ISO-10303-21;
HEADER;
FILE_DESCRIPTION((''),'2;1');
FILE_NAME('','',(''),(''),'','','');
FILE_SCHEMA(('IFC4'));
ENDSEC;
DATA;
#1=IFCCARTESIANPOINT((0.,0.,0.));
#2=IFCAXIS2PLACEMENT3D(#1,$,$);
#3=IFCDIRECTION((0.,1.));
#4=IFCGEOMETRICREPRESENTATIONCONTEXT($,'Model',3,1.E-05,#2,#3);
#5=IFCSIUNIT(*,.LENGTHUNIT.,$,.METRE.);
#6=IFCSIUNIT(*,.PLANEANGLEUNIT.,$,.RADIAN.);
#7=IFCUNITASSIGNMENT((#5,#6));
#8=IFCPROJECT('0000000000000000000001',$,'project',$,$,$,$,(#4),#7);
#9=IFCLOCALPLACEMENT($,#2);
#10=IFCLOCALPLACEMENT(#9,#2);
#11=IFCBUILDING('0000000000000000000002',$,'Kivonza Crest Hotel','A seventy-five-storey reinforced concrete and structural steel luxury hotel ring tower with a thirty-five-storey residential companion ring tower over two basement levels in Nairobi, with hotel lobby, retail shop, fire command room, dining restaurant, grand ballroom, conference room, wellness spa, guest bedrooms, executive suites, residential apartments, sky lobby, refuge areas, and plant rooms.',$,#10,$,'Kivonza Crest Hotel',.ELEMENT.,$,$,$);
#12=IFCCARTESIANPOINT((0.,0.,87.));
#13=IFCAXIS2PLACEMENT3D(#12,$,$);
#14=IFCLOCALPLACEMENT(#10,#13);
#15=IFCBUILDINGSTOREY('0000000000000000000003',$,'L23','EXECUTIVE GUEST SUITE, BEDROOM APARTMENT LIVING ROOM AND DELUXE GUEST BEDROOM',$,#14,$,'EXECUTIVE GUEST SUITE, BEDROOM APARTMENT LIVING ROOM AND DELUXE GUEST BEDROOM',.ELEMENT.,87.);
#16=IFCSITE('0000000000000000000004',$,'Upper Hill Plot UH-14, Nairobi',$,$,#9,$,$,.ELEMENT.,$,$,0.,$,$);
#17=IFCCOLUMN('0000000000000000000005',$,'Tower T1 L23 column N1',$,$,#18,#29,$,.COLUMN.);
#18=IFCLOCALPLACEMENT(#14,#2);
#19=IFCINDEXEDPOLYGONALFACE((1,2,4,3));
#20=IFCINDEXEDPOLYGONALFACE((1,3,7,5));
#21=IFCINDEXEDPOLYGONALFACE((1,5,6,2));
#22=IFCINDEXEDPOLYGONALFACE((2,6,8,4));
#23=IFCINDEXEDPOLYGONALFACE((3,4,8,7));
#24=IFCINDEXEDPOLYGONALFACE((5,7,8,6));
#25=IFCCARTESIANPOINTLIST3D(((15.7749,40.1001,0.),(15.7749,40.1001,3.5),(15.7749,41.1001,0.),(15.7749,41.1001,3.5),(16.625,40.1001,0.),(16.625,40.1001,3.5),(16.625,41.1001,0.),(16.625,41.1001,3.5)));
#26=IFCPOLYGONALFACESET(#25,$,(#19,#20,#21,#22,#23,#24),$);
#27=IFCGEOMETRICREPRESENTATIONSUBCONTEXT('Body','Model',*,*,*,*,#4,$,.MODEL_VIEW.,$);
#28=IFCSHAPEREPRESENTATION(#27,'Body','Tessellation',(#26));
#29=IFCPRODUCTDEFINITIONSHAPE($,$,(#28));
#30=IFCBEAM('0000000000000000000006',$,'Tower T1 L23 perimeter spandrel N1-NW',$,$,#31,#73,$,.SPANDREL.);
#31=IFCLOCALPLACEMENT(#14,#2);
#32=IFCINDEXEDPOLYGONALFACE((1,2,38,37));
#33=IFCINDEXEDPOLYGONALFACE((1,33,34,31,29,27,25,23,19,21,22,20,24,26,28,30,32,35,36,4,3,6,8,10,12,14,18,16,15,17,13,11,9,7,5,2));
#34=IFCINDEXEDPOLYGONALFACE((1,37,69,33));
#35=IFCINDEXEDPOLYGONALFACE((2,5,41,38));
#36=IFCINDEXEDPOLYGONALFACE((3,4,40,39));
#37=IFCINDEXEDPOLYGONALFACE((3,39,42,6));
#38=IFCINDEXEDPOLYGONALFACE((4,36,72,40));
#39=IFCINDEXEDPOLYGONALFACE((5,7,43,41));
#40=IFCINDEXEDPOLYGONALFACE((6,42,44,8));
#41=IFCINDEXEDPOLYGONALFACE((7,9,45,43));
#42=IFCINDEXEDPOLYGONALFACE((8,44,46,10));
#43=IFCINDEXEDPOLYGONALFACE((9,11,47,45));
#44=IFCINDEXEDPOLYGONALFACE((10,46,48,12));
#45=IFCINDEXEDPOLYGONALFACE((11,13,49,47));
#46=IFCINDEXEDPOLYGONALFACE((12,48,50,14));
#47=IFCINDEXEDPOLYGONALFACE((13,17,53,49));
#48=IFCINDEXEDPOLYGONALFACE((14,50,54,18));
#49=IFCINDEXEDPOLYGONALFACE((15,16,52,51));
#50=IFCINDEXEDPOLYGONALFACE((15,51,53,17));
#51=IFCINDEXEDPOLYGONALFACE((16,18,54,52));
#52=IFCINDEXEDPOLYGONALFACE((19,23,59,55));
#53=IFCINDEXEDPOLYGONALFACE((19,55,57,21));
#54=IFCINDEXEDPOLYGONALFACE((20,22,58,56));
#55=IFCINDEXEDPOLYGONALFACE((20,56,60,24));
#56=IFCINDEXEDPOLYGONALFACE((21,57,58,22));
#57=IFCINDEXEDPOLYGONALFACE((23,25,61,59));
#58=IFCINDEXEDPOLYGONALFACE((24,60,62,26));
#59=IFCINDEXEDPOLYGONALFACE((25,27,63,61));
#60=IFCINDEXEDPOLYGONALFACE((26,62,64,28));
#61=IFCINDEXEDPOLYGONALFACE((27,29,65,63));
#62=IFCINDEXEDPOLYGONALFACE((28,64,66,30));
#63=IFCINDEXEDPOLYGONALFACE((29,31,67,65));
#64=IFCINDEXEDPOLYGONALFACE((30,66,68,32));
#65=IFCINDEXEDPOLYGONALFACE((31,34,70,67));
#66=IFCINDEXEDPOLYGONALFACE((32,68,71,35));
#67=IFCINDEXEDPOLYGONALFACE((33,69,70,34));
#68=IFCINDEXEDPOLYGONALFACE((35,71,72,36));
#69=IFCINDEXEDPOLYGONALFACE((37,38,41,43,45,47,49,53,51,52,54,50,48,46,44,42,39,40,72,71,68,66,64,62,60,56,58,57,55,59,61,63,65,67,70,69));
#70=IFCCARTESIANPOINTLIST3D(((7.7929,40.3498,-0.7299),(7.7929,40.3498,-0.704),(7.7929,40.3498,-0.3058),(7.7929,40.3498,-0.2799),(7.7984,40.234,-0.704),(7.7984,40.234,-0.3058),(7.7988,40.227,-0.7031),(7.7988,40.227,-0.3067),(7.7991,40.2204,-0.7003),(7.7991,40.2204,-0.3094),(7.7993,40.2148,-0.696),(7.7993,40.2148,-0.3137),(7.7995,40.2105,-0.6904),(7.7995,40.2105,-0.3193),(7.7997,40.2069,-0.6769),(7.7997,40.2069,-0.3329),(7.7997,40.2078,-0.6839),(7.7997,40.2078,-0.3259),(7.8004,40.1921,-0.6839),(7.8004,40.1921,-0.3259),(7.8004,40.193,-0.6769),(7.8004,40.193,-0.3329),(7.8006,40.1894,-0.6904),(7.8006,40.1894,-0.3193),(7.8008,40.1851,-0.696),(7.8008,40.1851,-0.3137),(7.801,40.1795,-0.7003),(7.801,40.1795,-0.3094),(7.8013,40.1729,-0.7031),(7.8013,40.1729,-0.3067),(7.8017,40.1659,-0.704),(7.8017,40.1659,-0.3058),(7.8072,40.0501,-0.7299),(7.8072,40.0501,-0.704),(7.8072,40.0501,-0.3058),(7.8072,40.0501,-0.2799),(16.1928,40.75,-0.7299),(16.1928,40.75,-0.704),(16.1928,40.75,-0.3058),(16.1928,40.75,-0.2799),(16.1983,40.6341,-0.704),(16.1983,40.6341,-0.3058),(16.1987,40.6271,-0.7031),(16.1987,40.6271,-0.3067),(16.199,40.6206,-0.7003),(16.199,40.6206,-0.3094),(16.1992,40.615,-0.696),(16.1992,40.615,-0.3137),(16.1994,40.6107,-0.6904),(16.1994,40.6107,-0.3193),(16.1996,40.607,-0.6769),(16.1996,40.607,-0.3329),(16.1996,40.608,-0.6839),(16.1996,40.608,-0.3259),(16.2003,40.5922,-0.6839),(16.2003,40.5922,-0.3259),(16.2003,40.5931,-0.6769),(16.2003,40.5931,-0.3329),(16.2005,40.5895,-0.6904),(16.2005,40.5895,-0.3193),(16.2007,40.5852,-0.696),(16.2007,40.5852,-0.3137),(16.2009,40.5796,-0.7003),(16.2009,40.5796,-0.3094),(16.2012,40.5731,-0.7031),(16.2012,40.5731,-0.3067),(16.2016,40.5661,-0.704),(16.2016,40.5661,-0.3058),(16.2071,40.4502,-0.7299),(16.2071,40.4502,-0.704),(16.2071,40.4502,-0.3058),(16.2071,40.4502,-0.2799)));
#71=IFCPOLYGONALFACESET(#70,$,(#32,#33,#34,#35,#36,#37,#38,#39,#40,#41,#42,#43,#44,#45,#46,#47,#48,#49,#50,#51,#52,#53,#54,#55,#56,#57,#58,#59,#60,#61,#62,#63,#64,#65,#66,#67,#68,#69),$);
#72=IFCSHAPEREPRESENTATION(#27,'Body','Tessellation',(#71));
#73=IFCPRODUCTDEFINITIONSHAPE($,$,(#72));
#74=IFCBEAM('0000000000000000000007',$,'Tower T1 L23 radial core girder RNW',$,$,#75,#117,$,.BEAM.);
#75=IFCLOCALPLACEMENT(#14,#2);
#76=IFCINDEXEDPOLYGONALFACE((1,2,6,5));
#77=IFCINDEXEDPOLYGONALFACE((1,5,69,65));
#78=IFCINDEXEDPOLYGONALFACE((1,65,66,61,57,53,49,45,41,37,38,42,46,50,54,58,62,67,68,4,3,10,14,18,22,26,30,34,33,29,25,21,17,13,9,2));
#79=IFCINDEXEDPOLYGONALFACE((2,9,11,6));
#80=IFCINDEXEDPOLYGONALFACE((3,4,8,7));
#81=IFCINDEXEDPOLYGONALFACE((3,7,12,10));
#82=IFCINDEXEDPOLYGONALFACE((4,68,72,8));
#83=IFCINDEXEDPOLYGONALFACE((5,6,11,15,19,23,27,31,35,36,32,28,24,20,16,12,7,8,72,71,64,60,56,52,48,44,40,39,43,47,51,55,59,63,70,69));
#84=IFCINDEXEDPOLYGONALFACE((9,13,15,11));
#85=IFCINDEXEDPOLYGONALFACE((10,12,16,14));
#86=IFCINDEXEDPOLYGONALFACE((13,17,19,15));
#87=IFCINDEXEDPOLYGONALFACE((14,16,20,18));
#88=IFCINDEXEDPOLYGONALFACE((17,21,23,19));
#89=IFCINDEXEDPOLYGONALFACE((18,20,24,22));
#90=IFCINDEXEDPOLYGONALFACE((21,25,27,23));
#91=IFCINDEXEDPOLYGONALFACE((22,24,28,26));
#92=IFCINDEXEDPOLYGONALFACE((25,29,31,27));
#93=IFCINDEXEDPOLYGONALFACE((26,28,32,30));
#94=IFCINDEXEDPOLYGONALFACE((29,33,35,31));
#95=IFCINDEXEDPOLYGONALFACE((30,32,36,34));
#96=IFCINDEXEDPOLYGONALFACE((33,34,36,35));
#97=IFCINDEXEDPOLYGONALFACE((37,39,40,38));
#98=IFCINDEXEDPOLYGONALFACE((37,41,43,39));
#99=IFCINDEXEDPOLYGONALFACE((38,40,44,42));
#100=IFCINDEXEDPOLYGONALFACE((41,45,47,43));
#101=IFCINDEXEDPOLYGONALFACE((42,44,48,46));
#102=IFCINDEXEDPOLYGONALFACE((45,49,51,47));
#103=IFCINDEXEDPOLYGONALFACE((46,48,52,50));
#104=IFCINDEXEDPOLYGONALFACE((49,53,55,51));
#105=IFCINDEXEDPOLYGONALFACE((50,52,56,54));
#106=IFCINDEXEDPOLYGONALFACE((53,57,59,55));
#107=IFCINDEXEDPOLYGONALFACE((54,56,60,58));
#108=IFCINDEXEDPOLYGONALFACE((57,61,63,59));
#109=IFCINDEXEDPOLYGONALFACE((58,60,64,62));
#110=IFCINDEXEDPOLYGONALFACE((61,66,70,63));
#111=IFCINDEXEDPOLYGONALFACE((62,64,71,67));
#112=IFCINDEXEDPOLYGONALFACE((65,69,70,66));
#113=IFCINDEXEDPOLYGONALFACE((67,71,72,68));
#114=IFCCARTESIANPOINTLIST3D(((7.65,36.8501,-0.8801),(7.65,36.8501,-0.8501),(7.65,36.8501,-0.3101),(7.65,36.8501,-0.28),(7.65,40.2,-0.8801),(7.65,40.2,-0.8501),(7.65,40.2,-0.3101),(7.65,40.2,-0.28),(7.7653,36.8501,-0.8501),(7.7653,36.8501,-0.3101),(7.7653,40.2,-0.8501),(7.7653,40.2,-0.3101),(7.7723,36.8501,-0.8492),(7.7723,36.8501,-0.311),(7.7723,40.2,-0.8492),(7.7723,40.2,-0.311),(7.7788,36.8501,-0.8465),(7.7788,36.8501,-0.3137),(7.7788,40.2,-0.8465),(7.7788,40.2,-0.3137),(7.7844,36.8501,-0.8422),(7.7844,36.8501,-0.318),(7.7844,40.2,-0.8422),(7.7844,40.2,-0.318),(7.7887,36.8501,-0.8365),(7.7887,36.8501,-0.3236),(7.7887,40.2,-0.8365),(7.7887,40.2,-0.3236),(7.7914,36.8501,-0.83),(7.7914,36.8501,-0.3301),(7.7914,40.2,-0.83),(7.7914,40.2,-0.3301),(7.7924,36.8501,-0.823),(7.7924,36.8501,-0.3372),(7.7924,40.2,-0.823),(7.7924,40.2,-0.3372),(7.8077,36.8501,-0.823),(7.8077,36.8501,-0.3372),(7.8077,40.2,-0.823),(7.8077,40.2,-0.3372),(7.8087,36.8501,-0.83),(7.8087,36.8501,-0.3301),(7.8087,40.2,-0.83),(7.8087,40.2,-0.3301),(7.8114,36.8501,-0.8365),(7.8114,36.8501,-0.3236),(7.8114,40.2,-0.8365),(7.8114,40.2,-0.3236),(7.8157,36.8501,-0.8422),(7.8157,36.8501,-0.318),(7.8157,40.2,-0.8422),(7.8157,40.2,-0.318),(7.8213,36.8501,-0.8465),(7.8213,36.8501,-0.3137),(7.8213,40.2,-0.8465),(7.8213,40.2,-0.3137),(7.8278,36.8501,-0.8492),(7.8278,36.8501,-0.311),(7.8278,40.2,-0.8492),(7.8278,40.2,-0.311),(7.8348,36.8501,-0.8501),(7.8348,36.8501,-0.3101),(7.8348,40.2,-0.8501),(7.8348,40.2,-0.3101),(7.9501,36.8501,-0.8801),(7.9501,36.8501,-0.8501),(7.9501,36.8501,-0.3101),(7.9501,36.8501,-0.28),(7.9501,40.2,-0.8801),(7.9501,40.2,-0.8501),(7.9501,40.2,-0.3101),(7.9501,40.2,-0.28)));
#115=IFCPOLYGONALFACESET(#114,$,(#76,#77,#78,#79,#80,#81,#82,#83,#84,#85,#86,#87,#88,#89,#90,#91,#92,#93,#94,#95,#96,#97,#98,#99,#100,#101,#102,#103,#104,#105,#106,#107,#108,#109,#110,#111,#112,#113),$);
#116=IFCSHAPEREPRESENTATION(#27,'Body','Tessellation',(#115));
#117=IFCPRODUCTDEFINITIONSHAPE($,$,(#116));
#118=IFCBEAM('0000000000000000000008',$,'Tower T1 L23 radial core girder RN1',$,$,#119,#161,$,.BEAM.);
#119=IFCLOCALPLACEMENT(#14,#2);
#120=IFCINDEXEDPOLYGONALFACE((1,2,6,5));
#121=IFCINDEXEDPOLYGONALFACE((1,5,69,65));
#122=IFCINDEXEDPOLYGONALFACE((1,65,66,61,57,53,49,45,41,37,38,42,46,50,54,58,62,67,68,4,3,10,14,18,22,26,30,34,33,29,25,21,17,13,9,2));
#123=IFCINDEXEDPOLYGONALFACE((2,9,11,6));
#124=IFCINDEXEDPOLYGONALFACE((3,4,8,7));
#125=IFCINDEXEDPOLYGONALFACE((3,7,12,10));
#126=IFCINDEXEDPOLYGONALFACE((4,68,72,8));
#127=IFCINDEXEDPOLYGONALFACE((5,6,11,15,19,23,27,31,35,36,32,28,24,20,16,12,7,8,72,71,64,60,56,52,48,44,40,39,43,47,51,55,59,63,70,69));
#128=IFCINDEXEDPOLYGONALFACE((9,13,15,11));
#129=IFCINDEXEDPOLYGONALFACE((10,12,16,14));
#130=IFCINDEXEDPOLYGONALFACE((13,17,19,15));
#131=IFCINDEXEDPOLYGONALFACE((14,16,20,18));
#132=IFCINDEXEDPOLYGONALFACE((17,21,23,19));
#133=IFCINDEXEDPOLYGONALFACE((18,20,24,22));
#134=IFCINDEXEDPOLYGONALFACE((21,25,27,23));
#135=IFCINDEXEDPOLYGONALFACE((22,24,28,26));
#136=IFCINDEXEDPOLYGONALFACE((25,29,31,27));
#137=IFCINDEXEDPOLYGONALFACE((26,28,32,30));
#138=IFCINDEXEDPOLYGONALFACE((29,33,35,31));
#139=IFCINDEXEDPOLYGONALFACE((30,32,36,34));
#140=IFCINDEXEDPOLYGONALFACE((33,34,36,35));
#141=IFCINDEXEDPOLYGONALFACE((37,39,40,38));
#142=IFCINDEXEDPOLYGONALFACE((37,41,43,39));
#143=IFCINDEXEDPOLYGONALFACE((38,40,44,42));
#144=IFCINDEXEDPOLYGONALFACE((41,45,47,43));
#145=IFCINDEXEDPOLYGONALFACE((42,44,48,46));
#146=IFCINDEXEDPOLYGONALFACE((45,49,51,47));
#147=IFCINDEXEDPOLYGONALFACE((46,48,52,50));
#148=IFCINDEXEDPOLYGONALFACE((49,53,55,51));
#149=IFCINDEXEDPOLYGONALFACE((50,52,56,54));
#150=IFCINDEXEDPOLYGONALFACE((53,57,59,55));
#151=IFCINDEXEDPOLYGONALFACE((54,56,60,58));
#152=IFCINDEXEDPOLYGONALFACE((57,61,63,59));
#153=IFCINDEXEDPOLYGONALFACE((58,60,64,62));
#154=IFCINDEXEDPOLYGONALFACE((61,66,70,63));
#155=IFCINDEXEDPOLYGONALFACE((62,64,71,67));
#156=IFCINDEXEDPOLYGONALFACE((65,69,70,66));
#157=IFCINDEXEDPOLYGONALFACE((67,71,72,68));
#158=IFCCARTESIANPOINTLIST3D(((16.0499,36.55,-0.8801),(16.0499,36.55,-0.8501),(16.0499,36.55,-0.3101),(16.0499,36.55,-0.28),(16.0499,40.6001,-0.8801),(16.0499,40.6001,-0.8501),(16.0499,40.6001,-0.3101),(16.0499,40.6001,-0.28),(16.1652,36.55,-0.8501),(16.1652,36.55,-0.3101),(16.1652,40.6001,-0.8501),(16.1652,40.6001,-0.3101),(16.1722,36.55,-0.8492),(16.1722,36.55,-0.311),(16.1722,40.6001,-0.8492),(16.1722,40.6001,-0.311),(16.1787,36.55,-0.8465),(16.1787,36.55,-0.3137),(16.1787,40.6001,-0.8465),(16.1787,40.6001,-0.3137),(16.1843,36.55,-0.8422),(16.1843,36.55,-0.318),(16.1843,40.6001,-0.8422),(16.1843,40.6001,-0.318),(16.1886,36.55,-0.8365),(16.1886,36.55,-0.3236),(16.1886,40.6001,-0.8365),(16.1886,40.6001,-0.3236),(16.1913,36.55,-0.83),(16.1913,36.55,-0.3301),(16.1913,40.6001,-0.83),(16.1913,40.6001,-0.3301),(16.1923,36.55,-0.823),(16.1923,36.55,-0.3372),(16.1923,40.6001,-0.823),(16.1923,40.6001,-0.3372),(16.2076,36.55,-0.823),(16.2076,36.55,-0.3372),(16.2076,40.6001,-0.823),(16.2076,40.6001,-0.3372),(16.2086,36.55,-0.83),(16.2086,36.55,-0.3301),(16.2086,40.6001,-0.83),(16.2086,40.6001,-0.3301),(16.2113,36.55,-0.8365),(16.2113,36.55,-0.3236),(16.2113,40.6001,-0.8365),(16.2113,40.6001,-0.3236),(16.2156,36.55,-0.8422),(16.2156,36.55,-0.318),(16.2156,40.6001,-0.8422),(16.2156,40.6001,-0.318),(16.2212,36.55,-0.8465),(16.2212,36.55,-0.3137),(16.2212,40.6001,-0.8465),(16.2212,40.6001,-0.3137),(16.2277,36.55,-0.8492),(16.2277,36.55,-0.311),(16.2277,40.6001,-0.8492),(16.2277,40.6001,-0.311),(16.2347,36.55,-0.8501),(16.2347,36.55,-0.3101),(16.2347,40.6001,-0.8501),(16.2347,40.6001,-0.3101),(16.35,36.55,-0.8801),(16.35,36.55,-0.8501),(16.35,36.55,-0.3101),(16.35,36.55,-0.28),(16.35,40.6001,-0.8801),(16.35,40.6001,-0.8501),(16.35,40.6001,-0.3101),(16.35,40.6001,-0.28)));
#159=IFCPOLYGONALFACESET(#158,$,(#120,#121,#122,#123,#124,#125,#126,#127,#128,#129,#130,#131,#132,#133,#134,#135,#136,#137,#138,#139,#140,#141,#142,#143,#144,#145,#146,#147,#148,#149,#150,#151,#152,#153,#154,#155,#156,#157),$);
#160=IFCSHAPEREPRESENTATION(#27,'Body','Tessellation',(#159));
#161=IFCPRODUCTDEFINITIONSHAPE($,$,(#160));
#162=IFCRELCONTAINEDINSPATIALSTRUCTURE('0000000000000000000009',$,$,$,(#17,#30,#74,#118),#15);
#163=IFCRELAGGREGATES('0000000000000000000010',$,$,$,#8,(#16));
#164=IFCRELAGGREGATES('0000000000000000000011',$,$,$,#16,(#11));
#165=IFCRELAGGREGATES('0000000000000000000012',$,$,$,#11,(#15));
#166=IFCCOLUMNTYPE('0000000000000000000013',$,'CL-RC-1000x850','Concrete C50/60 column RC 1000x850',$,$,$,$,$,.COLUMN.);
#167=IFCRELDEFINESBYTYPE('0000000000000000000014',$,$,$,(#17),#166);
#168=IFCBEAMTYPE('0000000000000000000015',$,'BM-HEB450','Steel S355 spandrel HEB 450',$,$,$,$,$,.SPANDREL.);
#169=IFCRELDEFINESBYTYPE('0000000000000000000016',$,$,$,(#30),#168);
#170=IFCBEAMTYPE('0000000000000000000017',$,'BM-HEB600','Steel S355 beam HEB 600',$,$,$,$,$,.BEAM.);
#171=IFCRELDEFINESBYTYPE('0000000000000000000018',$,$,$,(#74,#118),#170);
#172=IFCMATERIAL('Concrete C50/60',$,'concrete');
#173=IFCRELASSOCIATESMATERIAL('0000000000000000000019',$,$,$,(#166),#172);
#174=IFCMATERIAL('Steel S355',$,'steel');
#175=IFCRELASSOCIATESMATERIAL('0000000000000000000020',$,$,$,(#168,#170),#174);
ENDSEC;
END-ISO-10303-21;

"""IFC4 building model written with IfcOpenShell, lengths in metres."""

from ifc_helpers import new_model, si_unit, direction, frame, origin, origin_2d, place, context, subcontext, project, spatial, rectangle, i_section, extrude, material, material_profile, profile_set, type_object, element, save


model = new_model("IFC4")

# Units and contexts
model_context = context("Model", 3, precision=1e-05, world=origin(), true_north=direction((0.0, 1.0)))
body_context = subcontext(model_context, "Body", "Model", "MODEL_VIEW")
ifc_project = project(units=[si_unit("LENGTHUNIT", "METRE"), si_unit("PLANEANGLEUNIT", "RADIAN")], contexts=[model_context])

# Site, building, storey
site_placement = place(None, origin())
site = spatial("IfcSite", under=ifc_project, at=site_placement, Name="Upper Hill Plot UH-14, Nairobi", CompositionType="ELEMENT", RefElevation=0.0)
building_placement = place(site_placement, origin())
building = spatial("IfcBuilding", under=site, at=building_placement, Name="Kivonza Crest Hotel", Description="A seventy-five-storey reinforced concrete and structural steel luxury hotel ring tower with a thirty-five-storey residential companion ring tower over two basement levels in Nairobi, with hotel lobby, retail shop, fire command room, dining restaurant, grand ballroom, conference room, wellness spa, guest bedrooms, executive suites, residential apartments, sky lobby, refuge areas, and plant rooms.", LongName="Kivonza Crest Hotel", CompositionType="ELEMENT")
storey_placement = place(building_placement, frame((0.0, 0.0, 87.0)))
storey = spatial("IfcBuildingStorey", under=building, at=storey_placement, Name="L23", Description="EXECUTIVE GUEST SUITE, BEDROOM APARTMENT LIVING ROOM AND DELUXE GUEST BEDROOM", LongName="EXECUTIVE GUEST SUITE, BEDROOM APARTMENT LIVING ROOM AND DELUXE GUEST BEDROOM", CompositionType="ELEMENT", Elevation=87.0)

# Column
ifc_material_1 = material(Name="Concrete C50/60", Category="concrete")
ifc_material_profile_1 = material_profile(ifc_material_1, rectangle(XDim=0.8501, YDim=1.0, at=origin_2d()), Name="RC 1000x850")
ifc_profile_set_1 = profile_set([ifc_material_profile_1], Name="Concrete C50/60")
column_type = type_object("IfcColumnType", Name="CL-RC-1000x850", Description="Concrete C50/60 column RC 1000x850", PredefinedType="COLUMN", material=ifc_profile_set_1)
column_placement = place(storey_placement, frame((16.2, 40.6001, 0.0), z_axis=(0.0, 0.0, 1.0), x_axis=(1.0, 0.0, 0.0)))
element("IfcColumn", 1, at=column_placement, inside=storey, type_object=column_type, Name="Tower T1 L23 column N1", PredefinedType="COLUMN", context=body_context, shape_type="SweptSolid", body=[
    extrude(rectangle(XDim=0.8501, YDim=1.0, at=origin_2d()), origin(), (0.0, 0.0, 1.0), 3.5),
])

# Beams
ifc_material_2 = material(Name="Steel S355", Category="steel")
ifc_material_profile_2 = material_profile(ifc_material_2, i_section(OverallWidth=0.3, OverallDepth=0.45, WebThickness=0.0139, FlangeThickness=0.0259, FilletRadius=0.0271, at=origin_2d()), Name="HEB 450")
ifc_profile_set_2 = profile_set([ifc_material_profile_2], Name="Steel S355")
beam_type_1 = type_object("IfcBeamType", Name="BM-HEB450", Description="Steel S355 spandrel HEB 450", PredefinedType="SPANDREL", material=ifc_profile_set_2)
beam_1_placement = place(storey_placement, frame((16.2, 40.6001, -0.5049), z_axis=(-0.998867, -0.047583, 0.0), x_axis=(0.047583, -0.998867, 0.0)))
element("IfcBeam", 2, at=beam_1_placement, inside=storey, type_object=beam_type_1, Name="Tower T1 L23 perimeter spandrel N1-NW", PredefinedType="SPANDREL", context=body_context, shape_type="SweptSolid", body=[
    extrude(i_section(OverallWidth=0.3, OverallDepth=0.45, WebThickness=0.0139, FlangeThickness=0.0259, FilletRadius=0.0271, at=origin_2d()), origin(), (0.0, 0.0, 1.0), 8.4094),
])
ifc_material_profile_3 = material_profile(ifc_material_2, i_section(OverallWidth=0.3, OverallDepth=0.6001, WebThickness=0.0154, FlangeThickness=0.03, FilletRadius=0.0271, at=origin_2d()), Name="HEB 600")
ifc_profile_set_3 = profile_set([ifc_material_profile_3], Name="Steel S355")
beam_type_2 = type_object("IfcBeamType", Name="BM-HEB600", Description="Steel S355 beam HEB 600", PredefinedType="BEAM", material=ifc_profile_set_3)
beam_2_placement = place(storey_placement, frame((7.8, 40.2, -0.5801), z_axis=(0.0, -1.0, 0.0), x_axis=(1.0, 0.0, 0.0)))
element("IfcBeam", 3, at=beam_2_placement, inside=storey, type_object=beam_type_2, Name="Tower T1 L23 radial core girder RNW", PredefinedType="BEAM", context=body_context, shape_type="SweptSolid", body=[
    extrude(i_section(OverallWidth=0.3, OverallDepth=0.6001, WebThickness=0.0154, FlangeThickness=0.03, FilletRadius=0.0271, at=origin_2d()), origin(), (0.0, 0.0, 1.0), 3.3499),
])
beam_3_placement = place(storey_placement, frame((16.2, 40.6001, -0.5801), z_axis=(0.0, -1.0, 0.0), x_axis=(1.0, 0.0, 0.0)))
element("IfcBeam", 4, at=beam_3_placement, inside=storey, type_object=beam_type_2, Name="Tower T1 L23 radial core girder RN1", PredefinedType="BEAM", context=body_context, shape_type="SweptSolid", body=[
    extrude(i_section(OverallWidth=0.3, OverallDepth=0.6001, WebThickness=0.0154, FlangeThickness=0.03, FilletRadius=0.0271, at=origin_2d()), origin(), (0.0, 0.0, 1.0), 4.05),
])

save(model, "model.ifc")
